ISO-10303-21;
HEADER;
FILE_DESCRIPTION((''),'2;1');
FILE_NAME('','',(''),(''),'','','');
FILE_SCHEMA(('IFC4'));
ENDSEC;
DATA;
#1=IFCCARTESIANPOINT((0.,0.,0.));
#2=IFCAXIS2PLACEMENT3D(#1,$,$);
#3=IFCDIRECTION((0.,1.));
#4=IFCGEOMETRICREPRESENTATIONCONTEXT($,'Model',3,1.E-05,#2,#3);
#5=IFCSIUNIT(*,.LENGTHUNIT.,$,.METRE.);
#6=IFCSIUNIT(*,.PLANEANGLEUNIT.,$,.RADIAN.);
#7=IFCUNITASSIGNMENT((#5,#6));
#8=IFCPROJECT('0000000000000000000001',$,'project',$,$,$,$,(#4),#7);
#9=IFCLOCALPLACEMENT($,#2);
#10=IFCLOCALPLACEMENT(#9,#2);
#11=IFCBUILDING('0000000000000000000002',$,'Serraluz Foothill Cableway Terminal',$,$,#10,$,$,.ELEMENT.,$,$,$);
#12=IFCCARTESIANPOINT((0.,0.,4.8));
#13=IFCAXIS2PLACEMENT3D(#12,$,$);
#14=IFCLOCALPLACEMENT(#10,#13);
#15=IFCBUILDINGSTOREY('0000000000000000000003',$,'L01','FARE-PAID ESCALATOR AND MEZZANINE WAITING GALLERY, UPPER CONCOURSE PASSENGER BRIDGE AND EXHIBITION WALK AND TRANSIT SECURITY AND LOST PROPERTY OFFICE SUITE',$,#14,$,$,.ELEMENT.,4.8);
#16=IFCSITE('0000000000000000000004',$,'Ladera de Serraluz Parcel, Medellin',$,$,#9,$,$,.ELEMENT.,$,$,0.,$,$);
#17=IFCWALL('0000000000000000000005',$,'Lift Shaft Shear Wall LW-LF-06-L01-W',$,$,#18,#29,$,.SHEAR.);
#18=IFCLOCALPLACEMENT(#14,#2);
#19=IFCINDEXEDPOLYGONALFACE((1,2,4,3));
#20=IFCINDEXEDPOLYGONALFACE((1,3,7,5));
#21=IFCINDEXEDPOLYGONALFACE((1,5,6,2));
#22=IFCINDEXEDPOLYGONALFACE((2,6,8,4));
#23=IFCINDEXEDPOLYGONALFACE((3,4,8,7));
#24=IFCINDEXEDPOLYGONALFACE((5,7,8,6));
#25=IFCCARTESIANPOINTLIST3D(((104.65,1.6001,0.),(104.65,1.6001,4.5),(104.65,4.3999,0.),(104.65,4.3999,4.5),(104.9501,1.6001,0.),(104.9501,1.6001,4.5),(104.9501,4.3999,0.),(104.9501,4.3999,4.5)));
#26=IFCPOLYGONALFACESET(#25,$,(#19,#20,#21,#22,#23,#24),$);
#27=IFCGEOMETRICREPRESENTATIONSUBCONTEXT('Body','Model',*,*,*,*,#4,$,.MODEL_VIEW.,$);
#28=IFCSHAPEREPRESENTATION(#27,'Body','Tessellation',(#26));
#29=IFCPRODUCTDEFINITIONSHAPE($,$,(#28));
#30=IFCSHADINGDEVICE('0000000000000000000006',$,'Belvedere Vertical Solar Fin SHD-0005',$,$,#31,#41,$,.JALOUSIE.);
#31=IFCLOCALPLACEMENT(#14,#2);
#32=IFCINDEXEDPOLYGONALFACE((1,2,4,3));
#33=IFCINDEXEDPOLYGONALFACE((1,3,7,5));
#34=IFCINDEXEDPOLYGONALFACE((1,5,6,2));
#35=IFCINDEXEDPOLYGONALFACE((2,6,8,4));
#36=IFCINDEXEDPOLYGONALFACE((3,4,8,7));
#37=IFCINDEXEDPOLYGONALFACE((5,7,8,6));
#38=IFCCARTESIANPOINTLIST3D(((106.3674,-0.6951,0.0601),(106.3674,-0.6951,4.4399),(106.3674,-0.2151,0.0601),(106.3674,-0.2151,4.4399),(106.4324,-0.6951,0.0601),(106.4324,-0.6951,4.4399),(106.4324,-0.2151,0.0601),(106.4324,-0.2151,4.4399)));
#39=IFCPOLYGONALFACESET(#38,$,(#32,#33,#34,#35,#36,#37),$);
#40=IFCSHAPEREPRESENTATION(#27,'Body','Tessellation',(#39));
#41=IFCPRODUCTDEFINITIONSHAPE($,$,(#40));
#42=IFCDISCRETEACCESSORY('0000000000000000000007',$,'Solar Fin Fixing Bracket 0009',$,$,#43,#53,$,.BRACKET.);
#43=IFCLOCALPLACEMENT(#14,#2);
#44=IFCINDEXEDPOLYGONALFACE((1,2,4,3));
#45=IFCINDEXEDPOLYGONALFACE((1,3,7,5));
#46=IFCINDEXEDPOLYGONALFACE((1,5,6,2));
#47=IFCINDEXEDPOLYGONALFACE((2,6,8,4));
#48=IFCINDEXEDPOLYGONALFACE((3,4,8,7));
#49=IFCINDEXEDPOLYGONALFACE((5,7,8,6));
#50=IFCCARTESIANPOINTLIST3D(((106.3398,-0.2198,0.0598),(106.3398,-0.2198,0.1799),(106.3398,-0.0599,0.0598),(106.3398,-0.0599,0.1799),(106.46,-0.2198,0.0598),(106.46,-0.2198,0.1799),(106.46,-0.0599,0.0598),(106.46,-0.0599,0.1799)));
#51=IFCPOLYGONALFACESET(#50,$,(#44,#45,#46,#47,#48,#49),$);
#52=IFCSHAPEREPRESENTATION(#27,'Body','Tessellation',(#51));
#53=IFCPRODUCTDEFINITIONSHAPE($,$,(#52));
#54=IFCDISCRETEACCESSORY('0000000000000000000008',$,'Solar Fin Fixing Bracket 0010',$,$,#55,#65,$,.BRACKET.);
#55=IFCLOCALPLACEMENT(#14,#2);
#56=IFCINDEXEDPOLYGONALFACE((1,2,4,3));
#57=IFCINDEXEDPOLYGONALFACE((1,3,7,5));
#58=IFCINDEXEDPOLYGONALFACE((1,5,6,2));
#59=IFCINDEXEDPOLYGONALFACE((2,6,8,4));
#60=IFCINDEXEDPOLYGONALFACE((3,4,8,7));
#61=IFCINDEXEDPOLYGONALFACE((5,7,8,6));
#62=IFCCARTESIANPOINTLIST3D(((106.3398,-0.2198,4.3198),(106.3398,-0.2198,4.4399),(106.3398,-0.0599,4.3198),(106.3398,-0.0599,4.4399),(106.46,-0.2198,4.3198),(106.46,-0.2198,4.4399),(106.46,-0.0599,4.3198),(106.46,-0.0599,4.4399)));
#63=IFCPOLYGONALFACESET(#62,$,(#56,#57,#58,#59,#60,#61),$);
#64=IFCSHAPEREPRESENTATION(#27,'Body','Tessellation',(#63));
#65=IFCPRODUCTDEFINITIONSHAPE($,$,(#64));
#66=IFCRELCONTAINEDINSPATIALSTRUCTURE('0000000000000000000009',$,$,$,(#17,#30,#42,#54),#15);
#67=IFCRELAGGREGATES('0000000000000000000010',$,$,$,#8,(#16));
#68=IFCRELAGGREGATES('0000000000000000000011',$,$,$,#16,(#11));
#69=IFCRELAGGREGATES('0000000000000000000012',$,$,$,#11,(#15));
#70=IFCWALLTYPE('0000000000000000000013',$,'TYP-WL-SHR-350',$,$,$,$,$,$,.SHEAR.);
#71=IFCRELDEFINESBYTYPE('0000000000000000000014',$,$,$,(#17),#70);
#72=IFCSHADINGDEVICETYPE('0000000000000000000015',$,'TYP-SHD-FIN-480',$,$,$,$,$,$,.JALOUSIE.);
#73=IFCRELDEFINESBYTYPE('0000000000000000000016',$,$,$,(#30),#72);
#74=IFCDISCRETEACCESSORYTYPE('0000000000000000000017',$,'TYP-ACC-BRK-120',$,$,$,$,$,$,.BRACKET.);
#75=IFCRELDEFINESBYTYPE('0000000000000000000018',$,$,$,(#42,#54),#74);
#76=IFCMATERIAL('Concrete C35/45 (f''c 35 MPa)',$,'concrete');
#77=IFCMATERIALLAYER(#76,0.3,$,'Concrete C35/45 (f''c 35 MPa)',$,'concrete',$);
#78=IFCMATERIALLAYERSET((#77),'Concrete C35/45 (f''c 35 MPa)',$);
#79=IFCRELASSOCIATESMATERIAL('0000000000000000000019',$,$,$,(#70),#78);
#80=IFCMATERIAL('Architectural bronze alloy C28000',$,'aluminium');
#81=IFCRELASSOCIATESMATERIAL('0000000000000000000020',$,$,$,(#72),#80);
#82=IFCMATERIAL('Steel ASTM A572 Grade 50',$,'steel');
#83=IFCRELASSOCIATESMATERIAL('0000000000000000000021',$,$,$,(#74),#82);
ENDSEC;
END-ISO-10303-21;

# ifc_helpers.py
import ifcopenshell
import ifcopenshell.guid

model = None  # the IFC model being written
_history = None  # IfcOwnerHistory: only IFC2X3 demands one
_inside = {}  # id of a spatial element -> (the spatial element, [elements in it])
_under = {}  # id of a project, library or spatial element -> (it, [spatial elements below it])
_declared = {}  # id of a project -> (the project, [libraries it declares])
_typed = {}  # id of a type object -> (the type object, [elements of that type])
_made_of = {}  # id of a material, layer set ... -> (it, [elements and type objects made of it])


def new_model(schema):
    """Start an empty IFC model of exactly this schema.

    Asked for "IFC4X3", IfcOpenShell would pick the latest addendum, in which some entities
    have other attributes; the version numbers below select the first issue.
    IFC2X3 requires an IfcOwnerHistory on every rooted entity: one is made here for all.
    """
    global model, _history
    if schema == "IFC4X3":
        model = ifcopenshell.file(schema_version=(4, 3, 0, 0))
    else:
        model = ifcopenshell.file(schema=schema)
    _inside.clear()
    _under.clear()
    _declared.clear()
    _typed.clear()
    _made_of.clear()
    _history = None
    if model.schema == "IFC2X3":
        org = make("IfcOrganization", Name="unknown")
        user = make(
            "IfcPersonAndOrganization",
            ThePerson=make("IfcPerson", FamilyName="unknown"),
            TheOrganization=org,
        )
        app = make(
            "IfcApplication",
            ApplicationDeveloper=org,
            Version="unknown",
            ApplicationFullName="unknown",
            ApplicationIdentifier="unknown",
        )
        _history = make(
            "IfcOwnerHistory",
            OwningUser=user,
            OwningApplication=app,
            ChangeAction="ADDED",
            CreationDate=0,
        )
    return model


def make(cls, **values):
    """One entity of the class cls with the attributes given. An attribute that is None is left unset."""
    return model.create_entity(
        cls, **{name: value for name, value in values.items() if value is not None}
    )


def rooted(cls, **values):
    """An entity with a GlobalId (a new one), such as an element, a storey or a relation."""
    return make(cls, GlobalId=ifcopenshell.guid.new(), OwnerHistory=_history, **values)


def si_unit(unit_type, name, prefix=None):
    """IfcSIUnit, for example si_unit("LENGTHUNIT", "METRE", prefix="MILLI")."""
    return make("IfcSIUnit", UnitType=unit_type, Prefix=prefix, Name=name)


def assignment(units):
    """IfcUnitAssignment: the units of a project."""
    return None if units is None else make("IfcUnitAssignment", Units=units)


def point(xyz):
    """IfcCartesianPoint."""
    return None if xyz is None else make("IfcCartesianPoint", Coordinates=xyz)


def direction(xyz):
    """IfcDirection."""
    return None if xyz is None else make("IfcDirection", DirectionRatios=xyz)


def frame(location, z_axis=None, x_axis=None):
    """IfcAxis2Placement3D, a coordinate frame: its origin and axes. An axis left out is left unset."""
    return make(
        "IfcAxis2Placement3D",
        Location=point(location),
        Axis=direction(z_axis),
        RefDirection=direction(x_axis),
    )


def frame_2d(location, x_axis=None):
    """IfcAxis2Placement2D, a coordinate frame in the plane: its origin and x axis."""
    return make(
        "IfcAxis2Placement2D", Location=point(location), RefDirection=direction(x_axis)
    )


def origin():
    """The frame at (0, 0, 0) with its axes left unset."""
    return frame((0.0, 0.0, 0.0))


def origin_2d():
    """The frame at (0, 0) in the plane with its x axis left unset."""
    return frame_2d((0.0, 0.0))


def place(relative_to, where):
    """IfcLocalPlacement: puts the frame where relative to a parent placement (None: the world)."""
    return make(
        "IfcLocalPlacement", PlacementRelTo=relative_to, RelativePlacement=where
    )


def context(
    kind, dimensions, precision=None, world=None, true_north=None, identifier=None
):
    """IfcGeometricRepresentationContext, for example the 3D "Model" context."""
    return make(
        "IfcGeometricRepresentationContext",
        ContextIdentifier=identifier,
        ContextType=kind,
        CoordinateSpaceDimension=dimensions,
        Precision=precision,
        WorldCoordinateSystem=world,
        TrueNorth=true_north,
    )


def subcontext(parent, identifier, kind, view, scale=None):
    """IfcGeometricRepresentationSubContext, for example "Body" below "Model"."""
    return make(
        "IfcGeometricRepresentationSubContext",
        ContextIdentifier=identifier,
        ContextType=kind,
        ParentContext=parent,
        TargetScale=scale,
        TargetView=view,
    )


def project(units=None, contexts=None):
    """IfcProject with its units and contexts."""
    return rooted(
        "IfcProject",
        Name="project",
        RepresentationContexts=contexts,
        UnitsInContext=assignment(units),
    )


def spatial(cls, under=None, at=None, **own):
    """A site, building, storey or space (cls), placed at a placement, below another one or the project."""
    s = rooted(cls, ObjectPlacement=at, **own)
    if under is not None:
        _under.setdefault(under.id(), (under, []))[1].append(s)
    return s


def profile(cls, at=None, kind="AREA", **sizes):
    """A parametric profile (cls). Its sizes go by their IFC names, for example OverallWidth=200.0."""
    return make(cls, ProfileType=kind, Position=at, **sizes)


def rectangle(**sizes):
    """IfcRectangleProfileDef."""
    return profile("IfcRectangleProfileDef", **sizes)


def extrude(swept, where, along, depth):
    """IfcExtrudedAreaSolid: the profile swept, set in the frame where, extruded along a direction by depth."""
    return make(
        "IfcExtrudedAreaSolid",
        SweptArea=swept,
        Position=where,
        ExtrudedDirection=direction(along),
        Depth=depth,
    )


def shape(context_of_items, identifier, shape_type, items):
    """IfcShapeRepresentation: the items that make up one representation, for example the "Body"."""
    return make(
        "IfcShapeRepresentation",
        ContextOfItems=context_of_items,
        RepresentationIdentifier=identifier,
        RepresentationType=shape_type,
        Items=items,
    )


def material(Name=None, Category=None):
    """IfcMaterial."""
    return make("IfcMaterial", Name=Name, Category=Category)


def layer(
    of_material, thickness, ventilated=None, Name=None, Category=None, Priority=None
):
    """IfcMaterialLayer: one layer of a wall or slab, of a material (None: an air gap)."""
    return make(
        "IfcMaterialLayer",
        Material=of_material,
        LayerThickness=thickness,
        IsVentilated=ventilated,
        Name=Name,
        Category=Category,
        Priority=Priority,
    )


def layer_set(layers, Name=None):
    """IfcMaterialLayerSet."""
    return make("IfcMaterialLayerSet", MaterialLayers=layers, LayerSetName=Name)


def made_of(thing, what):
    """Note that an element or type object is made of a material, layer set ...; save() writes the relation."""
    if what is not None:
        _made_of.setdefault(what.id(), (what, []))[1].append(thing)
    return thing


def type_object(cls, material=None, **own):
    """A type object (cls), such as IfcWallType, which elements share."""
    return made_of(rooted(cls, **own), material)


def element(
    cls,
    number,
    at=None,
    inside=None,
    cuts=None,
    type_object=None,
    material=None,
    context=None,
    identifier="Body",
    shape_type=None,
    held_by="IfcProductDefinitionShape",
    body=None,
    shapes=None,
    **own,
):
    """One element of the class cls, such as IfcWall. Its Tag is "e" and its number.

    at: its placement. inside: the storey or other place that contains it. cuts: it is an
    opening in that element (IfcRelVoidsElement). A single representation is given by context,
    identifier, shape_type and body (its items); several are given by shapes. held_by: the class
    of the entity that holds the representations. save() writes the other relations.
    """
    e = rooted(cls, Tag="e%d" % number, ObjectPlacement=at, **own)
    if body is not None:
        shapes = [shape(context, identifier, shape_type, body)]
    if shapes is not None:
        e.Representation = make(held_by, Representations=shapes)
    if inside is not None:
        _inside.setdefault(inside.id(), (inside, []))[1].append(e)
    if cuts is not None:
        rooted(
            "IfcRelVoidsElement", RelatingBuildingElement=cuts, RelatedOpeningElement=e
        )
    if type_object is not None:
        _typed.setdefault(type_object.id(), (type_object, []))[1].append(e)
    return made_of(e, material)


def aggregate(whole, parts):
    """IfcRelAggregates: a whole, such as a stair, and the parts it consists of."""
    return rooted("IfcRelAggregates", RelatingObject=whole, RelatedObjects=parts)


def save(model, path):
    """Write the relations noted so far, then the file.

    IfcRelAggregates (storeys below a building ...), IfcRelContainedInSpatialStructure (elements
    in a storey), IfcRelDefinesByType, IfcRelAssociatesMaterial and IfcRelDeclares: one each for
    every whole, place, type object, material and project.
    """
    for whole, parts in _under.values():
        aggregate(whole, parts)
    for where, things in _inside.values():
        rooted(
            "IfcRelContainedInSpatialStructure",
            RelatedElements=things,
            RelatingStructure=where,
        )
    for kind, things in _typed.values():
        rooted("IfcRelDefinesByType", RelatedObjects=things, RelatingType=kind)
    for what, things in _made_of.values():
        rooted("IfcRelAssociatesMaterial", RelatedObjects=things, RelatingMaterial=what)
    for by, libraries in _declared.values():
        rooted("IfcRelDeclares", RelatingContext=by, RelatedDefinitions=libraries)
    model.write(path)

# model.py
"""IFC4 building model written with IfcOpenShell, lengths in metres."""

from ifc_helpers import new_model, si_unit, direction, frame, frame_2d, origin, origin_2d, place, context, subcontext, project, spatial, rectangle, extrude, material, layer, layer_set, type_object, element, save


model = new_model("IFC4")

# Units and contexts
model_context = context("Model", 3, precision=1e-05, world=origin(), true_north=direction((0.0, 1.0)))
body_context = subcontext(model_context, "Body", "Model", "MODEL_VIEW")
ifc_project = project(units=[si_unit("LENGTHUNIT", "METRE"), si_unit("PLANEANGLEUNIT", "RADIAN")], contexts=[model_context])

# Site, building, storey
site_placement = place(None, origin())
site = spatial("IfcSite", under=ifc_project, at=site_placement, Name="Ladera de Serraluz Parcel, Medellin", CompositionType="ELEMENT", RefElevation=0.0)
building_placement = place(site_placement, origin())
building = spatial("IfcBuilding", under=site, at=building_placement, Name="Serraluz Foothill Cableway Terminal", CompositionType="ELEMENT")
storey_placement = place(building_placement, frame((0.0, 0.0, 4.8)))
storey = spatial("IfcBuildingStorey", under=building, at=storey_placement, Name="L01", Description="FARE-PAID ESCALATOR AND MEZZANINE WAITING GALLERY, UPPER CONCOURSE PASSENGER BRIDGE AND EXHIBITION WALK AND TRANSIT SECURITY AND LOST PROPERTY OFFICE SUITE", CompositionType="ELEMENT", Elevation=4.8)

# Shared definitions
ifc_material_1 = material(Name="Concrete C35/45 (f'c 35 MPa)", Category="concrete")

# Shared definitions
ifc_material_2 = material(Name="Architectural bronze alloy C28000", Category="aluminium")

# Wall
ifc_layer_1 = layer(ifc_material_1, 0.3, Name="Concrete C35/45 (f'c 35 MPa)", Category="concrete")
ifc_layer_set_1 = layer_set([ifc_layer_1], Name="Concrete C35/45 (f'c 35 MPa)")
wall_type = type_object("IfcWallType", Name="TYP-WL-SHR-350", PredefinedType="SHEAR", material=ifc_layer_set_1)
wall_placement = place(storey_placement, frame((104.8, 1.6001, 0.0), z_axis=(0.0, 0.0, 1.0), x_axis=(0.0, 1.0, 0.0)))
element("IfcWall", 1, at=wall_placement, inside=storey, type_object=wall_type, Name="Lift Shaft Shear Wall LW-LF-06-L01-W", PredefinedType="SHEAR", context=body_context, shape_type="SweptSolid", body=[
    extrude(rectangle(XDim=2.7998, YDim=0.3, at=frame_2d((1.3999, 0.0))), origin(), (0.0, 0.0, 1.0), 4.5),
])

# Shading device
shading_device_type = type_object("IfcShadingDeviceType", Name="TYP-SHD-FIN-480", PredefinedType="JALOUSIE", material=ifc_material_2)
shading_device_placement = place(storey_placement, frame((106.3999, -0.4551, 0.0601), z_axis=(0.0, 0.0, 1.0), x_axis=(1.0, 0.0, 0.0)))
element("IfcShadingDevice", 2, at=shading_device_placement, inside=storey, type_object=shading_device_type, Name="Belvedere Vertical Solar Fin SHD-0005", PredefinedType="JALOUSIE", context=body_context, shape_type="SweptSolid", body=[
    extrude(rectangle(XDim=0.0649, YDim=0.48, at=origin_2d()), origin(), (0.0, 0.0, 1.0), 4.3799),
])

# Discrete accessories
ifc_material_3 = material(Name="Steel ASTM A572 Grade 50", Category="steel")
discrete_accessory_type = type_object("IfcDiscreteAccessoryType", Name="TYP-ACC-BRK-120", PredefinedType="BRACKET", material=ifc_material_3)
for number, where, z_axis, x_axis, name in (
    (3, (106.3999, -0.1399, 0.0598), (0.0, 0.0, 1.0), (1.0, 0.0, 0.0), "Solar Fin Fixing Bracket 0009"),
    (4, (106.3999, -0.1399, 4.3198), (0.0, 0.0, 1.0), (1.0, 0.0, 0.0), "Solar Fin Fixing Bracket 0010"),
):
    element("IfcDiscreteAccessory", number, at=place(storey_placement, frame(where, z_axis=z_axis, x_axis=x_axis)), inside=storey, type_object=discrete_accessory_type, Name=name, PredefinedType="BRACKET", context=body_context, shape_type="SweptSolid", body=[
        extrude(rectangle(XDim=0.1201, YDim=0.1599, at=origin_2d()), origin(), (0.0, 0.0, 1.0), 0.1201),
    ])

save(model, "model.ifc")
